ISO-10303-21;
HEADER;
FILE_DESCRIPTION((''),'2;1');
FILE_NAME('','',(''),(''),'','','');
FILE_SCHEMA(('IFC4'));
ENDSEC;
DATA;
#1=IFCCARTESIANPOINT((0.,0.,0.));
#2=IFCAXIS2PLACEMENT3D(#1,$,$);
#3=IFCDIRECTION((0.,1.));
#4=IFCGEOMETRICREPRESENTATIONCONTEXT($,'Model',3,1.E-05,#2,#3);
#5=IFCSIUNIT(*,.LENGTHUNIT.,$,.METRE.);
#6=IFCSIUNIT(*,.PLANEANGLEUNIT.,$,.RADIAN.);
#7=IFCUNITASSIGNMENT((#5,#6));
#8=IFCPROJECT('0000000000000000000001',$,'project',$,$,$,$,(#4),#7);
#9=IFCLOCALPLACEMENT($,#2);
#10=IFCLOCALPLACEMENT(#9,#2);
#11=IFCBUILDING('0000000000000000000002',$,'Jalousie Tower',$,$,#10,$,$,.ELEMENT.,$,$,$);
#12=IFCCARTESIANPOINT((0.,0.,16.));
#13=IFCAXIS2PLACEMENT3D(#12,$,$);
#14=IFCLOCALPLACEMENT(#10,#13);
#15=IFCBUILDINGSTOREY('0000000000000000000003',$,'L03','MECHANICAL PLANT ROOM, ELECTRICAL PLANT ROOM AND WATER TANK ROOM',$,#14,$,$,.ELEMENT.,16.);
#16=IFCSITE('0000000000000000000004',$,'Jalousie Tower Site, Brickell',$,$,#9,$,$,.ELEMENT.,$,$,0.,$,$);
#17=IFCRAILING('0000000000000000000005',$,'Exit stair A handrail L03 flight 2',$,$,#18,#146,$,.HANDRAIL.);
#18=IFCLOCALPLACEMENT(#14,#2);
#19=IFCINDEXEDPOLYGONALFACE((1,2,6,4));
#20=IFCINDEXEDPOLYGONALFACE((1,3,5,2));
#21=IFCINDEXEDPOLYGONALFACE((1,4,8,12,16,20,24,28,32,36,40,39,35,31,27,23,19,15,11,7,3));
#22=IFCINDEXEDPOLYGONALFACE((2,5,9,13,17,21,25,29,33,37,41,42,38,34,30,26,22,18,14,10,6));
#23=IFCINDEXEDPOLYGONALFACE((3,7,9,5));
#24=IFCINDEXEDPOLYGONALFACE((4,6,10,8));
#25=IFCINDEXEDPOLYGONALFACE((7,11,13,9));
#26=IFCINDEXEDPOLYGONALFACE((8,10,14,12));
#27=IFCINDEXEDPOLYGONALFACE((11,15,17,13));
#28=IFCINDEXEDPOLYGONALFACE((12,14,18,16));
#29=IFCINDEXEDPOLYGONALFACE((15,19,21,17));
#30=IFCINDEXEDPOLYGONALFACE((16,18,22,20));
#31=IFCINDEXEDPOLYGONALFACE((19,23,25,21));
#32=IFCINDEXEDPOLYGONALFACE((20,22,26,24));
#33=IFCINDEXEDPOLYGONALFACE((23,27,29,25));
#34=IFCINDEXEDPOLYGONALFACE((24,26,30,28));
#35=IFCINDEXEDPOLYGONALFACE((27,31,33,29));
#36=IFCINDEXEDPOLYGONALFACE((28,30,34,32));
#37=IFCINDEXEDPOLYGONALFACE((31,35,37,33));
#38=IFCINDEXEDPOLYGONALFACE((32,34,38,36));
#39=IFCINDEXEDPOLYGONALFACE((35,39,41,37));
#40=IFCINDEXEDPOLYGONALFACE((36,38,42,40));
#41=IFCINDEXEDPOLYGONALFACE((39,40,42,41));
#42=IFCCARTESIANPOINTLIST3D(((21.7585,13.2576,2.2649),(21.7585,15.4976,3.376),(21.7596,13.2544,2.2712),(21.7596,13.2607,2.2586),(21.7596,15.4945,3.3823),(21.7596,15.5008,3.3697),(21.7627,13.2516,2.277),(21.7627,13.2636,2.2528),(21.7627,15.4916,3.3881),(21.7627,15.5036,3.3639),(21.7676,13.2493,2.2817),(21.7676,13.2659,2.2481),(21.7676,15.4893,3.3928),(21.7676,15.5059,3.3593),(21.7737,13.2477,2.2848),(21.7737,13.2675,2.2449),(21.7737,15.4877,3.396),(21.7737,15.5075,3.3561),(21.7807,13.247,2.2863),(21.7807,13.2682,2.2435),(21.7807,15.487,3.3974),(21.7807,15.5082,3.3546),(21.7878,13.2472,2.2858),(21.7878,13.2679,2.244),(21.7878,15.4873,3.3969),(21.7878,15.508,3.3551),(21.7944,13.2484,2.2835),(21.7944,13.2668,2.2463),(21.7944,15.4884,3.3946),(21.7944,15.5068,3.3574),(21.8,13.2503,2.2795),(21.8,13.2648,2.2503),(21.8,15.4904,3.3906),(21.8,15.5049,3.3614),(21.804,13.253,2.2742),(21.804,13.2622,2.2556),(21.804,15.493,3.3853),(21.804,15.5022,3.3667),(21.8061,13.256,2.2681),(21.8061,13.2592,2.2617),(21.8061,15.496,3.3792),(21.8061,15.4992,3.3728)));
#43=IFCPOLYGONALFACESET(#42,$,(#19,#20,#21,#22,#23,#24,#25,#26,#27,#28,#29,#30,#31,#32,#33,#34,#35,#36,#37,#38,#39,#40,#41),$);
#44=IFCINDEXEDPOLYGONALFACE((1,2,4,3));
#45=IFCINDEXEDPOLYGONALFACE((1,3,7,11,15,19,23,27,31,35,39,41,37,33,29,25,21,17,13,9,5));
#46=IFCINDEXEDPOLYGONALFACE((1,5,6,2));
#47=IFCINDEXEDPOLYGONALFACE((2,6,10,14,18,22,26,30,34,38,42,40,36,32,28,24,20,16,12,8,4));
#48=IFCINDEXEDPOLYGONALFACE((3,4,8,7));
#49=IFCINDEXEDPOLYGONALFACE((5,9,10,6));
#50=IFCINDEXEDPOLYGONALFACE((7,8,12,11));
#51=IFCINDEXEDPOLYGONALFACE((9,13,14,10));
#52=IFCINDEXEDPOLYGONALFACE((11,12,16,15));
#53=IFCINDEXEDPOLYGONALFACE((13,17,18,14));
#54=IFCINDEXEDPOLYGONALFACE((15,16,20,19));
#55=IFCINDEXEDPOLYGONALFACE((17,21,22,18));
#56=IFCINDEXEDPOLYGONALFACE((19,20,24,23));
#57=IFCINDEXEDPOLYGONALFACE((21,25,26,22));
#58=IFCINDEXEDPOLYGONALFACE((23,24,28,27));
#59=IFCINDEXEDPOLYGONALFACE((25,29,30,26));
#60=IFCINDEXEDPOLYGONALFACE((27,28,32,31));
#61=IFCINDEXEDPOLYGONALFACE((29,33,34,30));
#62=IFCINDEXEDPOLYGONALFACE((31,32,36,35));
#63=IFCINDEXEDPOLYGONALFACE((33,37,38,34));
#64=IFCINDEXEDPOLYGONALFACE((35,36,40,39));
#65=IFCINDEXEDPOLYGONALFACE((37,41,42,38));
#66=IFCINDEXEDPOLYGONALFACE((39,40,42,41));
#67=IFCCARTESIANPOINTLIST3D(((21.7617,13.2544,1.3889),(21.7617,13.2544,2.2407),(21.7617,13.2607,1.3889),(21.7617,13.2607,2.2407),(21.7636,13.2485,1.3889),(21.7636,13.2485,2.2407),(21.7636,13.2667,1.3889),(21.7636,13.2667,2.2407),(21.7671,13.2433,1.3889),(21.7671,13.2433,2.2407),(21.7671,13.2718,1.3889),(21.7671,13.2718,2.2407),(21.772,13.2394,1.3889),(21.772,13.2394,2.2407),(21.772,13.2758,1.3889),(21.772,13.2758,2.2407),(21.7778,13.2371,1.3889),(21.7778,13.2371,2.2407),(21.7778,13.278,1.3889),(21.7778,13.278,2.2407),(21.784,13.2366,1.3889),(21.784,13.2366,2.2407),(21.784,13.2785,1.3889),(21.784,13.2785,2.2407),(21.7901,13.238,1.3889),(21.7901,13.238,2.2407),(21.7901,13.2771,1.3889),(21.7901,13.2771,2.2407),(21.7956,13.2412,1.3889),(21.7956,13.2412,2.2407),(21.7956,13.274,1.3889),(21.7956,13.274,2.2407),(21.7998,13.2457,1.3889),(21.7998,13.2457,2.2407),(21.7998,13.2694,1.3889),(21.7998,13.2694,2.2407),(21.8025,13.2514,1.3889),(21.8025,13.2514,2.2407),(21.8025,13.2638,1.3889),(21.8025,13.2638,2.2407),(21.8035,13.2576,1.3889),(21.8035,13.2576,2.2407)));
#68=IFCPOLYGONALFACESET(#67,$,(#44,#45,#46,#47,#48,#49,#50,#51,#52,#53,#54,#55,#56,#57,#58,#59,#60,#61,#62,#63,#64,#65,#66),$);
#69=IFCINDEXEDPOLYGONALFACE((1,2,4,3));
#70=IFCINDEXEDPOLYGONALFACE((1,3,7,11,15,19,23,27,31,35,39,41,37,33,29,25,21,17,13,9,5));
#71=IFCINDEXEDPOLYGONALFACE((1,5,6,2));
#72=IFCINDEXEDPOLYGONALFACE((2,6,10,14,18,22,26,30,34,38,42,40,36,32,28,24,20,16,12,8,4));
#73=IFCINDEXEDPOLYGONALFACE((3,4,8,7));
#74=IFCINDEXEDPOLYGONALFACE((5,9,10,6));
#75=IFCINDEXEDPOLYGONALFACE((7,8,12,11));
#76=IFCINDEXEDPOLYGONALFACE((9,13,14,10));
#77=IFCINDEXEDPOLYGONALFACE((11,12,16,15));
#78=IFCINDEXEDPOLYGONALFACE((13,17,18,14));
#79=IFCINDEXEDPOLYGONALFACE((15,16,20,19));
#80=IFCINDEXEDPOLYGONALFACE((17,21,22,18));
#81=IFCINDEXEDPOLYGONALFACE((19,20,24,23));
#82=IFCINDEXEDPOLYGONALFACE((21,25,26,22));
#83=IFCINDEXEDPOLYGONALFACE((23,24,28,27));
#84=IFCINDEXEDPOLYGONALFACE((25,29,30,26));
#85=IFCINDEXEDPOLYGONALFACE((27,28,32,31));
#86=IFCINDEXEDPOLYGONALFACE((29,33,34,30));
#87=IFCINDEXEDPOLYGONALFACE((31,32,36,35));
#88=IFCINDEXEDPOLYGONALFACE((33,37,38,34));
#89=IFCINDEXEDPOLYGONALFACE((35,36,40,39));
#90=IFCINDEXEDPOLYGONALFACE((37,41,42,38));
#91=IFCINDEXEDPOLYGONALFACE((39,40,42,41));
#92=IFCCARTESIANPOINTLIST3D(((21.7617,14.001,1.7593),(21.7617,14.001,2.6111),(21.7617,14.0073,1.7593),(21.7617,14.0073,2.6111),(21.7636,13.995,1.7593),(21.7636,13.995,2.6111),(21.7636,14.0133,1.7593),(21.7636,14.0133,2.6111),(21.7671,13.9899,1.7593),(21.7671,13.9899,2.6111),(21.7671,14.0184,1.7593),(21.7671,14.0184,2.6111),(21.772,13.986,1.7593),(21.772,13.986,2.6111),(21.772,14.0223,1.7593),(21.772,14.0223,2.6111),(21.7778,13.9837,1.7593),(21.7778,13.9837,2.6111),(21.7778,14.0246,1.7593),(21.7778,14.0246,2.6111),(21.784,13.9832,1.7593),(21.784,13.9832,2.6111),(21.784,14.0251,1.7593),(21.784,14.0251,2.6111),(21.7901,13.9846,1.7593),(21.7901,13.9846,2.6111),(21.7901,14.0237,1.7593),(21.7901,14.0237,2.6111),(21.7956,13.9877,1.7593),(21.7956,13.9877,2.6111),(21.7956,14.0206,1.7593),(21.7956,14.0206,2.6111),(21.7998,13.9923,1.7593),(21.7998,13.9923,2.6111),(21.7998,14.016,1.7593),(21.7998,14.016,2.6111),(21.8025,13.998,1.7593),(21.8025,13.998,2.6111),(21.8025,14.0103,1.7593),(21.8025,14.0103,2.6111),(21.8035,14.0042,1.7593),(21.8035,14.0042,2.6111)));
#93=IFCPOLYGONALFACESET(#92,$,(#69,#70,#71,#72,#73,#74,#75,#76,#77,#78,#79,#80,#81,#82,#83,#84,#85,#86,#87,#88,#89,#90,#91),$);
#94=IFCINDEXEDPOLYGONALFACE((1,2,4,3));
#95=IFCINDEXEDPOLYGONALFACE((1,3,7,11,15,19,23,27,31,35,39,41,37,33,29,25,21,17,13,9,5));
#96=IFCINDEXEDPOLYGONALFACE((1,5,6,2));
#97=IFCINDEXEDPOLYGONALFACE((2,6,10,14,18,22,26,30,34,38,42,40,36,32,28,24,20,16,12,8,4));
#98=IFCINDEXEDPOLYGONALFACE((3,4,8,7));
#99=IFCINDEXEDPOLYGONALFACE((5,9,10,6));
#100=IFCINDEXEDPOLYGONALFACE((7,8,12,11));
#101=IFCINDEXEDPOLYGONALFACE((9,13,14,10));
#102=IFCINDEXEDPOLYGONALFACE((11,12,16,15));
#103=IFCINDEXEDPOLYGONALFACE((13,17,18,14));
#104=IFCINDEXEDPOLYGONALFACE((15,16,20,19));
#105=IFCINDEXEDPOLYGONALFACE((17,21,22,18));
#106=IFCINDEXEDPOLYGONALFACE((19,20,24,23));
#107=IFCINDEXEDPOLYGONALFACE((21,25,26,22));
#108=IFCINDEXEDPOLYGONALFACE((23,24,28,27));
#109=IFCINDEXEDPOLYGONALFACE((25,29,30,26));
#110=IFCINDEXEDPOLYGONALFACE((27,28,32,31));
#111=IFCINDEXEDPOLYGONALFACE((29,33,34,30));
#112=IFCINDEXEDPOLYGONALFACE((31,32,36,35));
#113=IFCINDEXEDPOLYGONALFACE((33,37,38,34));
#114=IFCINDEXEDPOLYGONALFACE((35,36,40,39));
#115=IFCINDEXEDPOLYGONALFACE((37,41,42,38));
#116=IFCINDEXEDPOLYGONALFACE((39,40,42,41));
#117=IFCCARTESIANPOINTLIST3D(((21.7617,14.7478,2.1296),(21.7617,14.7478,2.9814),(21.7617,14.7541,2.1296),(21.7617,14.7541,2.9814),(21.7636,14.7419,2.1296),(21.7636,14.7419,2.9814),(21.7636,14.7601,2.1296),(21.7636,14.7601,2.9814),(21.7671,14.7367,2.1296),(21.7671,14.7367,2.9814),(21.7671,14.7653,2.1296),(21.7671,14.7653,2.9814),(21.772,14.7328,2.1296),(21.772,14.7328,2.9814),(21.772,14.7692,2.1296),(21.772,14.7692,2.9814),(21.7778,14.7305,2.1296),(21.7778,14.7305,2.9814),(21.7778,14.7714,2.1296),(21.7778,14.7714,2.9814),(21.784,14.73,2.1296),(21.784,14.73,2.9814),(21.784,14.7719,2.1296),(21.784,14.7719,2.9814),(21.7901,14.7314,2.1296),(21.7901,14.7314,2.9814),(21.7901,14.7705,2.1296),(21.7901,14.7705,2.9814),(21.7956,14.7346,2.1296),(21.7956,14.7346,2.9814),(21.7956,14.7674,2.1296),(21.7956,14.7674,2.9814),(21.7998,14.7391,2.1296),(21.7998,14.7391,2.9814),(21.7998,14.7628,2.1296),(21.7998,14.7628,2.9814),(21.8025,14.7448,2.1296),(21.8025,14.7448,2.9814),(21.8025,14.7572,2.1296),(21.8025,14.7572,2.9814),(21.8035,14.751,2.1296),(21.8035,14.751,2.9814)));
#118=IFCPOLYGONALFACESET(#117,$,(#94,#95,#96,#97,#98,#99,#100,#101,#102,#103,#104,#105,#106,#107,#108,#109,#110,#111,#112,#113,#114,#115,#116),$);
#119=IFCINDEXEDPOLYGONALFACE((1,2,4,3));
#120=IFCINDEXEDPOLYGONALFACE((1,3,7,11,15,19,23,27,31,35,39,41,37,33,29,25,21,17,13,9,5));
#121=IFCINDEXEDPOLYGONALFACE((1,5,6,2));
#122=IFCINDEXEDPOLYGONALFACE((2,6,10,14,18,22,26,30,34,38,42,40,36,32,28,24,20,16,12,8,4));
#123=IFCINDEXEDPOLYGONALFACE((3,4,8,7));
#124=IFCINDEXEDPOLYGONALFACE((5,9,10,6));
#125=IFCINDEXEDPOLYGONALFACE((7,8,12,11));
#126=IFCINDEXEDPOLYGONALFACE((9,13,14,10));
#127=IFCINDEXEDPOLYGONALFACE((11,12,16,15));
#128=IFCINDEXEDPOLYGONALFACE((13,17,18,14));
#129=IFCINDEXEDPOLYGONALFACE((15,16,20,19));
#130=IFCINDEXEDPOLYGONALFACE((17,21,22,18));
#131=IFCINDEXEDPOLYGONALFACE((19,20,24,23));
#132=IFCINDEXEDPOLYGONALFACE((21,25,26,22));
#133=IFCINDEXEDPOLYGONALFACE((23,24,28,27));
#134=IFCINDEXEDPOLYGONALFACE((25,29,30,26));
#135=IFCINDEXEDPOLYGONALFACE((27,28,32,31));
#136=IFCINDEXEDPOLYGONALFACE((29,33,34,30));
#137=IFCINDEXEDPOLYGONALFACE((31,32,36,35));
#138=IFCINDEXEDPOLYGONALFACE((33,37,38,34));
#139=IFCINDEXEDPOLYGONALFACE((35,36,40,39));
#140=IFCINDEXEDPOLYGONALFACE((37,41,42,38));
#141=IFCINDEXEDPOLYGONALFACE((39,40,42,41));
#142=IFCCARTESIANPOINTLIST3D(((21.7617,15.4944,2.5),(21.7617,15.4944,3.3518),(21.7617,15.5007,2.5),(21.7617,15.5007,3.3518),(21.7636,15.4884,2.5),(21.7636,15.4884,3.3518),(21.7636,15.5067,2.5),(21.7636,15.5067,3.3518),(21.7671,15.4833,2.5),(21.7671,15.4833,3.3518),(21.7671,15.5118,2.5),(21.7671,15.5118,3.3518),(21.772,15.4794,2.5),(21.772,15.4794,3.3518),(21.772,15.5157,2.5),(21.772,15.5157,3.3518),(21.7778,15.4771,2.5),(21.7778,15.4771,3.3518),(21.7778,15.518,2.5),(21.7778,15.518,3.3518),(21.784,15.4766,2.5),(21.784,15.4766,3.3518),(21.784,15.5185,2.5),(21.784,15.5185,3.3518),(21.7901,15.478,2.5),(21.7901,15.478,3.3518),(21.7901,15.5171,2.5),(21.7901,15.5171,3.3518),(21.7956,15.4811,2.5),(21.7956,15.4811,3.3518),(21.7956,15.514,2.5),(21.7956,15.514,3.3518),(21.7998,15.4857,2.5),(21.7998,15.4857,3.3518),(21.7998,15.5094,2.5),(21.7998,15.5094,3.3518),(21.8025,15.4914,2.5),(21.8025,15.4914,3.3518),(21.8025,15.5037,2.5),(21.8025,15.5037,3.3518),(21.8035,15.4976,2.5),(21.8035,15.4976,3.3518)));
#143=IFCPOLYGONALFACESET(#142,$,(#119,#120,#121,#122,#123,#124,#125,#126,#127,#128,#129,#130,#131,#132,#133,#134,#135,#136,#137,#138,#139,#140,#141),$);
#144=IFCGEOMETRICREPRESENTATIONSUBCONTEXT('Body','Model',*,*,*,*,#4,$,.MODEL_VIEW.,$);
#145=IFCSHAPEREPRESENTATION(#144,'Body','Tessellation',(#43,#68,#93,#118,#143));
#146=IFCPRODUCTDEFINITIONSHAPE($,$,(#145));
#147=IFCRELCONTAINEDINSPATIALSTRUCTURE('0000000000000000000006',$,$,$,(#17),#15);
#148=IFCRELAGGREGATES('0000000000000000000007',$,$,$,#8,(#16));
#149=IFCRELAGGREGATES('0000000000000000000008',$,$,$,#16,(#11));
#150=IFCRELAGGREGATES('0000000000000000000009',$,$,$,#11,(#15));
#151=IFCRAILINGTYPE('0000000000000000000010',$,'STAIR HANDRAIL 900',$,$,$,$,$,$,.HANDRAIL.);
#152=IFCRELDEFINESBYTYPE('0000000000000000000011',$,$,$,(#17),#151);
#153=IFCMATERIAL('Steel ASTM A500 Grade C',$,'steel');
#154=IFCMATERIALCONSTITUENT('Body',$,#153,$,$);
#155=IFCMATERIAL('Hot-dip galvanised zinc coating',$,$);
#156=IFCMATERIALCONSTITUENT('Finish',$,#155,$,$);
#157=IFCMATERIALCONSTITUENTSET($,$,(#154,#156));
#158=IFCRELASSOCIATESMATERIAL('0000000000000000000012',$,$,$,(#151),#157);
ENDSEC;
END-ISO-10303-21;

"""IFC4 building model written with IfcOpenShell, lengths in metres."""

from ifc_helpers import new_model, si_unit, direction, frame, origin, origin_2d, place, context, subcontext, project, spatial, circle, extrude, material, constituent, constituent_set, type_object, element, save


model = new_model("IFC4")

# Units and contexts
model_context = context("Model", 3, precision=1e-05, world=origin(), true_north=direction((0.0, 1.0)))
body_context = subcontext(model_context, "Body", "Model", "MODEL_VIEW")
ifc_project = project(units=[si_unit("LENGTHUNIT", "METRE"), si_unit("PLANEANGLEUNIT", "RADIAN")], contexts=[model_context])

# Site, building, storey
site_placement = place(None, origin())
site = spatial("IfcSite", under=ifc_project, at=site_placement, Name="Jalousie Tower Site, Brickell", CompositionType="ELEMENT", RefElevation=0.0)
building_placement = place(site_placement, origin())
building = spatial("IfcBuilding", under=site, at=building_placement, Name="Jalousie Tower", CompositionType="ELEMENT")
storey_placement = place(building_placement, frame((0.0, 0.0, 16.0)))
storey = spatial("IfcBuildingStorey", under=building, at=storey_placement, Name="L03", Description="MECHANICAL PLANT ROOM, ELECTRICAL PLANT ROOM AND WATER TANK ROOM", CompositionType="ELEMENT", Elevation=16.0)

# Railing
ifc_material_1 = material(Name="Steel ASTM A500 Grade C", Category="steel")
ifc_constituent_1 = constituent(ifc_material_1, Name="Body")
ifc_material_2 = material(Name="Hot-dip galvanised zinc coating")
ifc_constituent_2 = constituent(ifc_material_2, Name="Finish")
ifc_constituent_set_1 = constituent_set(constituents=[ifc_constituent_1, ifc_constituent_2])
railing_type_1 = type_object("IfcRailingType", Name="STAIR HANDRAIL 900", PredefinedType="HANDRAIL", material=ifc_constituent_set_1)
railing_1_placement = place(storey_placement, frame((21.7825, 13.2576, 1.3889)))
element("IfcRailing", 1, at=railing_1_placement, inside=storey, type_object=railing_type_1, Name="Exit stair A handrail L03 flight 2", PredefinedType="HANDRAIL", context=body_context, shape_type="SweptSolid", body=[
    extrude(circle(Radius=0.0239, at=origin_2d()), frame((0.0, 0.0, 0.876), z_axis=(0.0, 0.895848, 0.44436), x_axis=(-1.0, 0.0, 0.0)), (0.0, 0.0, 1.0), 2.5005),
    extrude(circle(Radius=0.021, at=origin_2d()), origin(), (0.0, 0.0, 1.0), 0.8518),
    extrude(circle(Radius=0.021, at=origin_2d()), frame((0.0, 0.7466, 0.3704)), (0.0, 0.0, 1.0), 0.8518),
    extrude(circle(Radius=0.021, at=origin_2d()), frame((0.0, 1.4934, 0.7407)), (0.0, 0.0, 1.0), 0.8518),
    extrude(circle(Radius=0.021, at=origin_2d()), frame((0.0, 2.24, 1.1111)), (0.0, 0.0, 1.0), 0.8518),
])

save(model, "model.ifc")
